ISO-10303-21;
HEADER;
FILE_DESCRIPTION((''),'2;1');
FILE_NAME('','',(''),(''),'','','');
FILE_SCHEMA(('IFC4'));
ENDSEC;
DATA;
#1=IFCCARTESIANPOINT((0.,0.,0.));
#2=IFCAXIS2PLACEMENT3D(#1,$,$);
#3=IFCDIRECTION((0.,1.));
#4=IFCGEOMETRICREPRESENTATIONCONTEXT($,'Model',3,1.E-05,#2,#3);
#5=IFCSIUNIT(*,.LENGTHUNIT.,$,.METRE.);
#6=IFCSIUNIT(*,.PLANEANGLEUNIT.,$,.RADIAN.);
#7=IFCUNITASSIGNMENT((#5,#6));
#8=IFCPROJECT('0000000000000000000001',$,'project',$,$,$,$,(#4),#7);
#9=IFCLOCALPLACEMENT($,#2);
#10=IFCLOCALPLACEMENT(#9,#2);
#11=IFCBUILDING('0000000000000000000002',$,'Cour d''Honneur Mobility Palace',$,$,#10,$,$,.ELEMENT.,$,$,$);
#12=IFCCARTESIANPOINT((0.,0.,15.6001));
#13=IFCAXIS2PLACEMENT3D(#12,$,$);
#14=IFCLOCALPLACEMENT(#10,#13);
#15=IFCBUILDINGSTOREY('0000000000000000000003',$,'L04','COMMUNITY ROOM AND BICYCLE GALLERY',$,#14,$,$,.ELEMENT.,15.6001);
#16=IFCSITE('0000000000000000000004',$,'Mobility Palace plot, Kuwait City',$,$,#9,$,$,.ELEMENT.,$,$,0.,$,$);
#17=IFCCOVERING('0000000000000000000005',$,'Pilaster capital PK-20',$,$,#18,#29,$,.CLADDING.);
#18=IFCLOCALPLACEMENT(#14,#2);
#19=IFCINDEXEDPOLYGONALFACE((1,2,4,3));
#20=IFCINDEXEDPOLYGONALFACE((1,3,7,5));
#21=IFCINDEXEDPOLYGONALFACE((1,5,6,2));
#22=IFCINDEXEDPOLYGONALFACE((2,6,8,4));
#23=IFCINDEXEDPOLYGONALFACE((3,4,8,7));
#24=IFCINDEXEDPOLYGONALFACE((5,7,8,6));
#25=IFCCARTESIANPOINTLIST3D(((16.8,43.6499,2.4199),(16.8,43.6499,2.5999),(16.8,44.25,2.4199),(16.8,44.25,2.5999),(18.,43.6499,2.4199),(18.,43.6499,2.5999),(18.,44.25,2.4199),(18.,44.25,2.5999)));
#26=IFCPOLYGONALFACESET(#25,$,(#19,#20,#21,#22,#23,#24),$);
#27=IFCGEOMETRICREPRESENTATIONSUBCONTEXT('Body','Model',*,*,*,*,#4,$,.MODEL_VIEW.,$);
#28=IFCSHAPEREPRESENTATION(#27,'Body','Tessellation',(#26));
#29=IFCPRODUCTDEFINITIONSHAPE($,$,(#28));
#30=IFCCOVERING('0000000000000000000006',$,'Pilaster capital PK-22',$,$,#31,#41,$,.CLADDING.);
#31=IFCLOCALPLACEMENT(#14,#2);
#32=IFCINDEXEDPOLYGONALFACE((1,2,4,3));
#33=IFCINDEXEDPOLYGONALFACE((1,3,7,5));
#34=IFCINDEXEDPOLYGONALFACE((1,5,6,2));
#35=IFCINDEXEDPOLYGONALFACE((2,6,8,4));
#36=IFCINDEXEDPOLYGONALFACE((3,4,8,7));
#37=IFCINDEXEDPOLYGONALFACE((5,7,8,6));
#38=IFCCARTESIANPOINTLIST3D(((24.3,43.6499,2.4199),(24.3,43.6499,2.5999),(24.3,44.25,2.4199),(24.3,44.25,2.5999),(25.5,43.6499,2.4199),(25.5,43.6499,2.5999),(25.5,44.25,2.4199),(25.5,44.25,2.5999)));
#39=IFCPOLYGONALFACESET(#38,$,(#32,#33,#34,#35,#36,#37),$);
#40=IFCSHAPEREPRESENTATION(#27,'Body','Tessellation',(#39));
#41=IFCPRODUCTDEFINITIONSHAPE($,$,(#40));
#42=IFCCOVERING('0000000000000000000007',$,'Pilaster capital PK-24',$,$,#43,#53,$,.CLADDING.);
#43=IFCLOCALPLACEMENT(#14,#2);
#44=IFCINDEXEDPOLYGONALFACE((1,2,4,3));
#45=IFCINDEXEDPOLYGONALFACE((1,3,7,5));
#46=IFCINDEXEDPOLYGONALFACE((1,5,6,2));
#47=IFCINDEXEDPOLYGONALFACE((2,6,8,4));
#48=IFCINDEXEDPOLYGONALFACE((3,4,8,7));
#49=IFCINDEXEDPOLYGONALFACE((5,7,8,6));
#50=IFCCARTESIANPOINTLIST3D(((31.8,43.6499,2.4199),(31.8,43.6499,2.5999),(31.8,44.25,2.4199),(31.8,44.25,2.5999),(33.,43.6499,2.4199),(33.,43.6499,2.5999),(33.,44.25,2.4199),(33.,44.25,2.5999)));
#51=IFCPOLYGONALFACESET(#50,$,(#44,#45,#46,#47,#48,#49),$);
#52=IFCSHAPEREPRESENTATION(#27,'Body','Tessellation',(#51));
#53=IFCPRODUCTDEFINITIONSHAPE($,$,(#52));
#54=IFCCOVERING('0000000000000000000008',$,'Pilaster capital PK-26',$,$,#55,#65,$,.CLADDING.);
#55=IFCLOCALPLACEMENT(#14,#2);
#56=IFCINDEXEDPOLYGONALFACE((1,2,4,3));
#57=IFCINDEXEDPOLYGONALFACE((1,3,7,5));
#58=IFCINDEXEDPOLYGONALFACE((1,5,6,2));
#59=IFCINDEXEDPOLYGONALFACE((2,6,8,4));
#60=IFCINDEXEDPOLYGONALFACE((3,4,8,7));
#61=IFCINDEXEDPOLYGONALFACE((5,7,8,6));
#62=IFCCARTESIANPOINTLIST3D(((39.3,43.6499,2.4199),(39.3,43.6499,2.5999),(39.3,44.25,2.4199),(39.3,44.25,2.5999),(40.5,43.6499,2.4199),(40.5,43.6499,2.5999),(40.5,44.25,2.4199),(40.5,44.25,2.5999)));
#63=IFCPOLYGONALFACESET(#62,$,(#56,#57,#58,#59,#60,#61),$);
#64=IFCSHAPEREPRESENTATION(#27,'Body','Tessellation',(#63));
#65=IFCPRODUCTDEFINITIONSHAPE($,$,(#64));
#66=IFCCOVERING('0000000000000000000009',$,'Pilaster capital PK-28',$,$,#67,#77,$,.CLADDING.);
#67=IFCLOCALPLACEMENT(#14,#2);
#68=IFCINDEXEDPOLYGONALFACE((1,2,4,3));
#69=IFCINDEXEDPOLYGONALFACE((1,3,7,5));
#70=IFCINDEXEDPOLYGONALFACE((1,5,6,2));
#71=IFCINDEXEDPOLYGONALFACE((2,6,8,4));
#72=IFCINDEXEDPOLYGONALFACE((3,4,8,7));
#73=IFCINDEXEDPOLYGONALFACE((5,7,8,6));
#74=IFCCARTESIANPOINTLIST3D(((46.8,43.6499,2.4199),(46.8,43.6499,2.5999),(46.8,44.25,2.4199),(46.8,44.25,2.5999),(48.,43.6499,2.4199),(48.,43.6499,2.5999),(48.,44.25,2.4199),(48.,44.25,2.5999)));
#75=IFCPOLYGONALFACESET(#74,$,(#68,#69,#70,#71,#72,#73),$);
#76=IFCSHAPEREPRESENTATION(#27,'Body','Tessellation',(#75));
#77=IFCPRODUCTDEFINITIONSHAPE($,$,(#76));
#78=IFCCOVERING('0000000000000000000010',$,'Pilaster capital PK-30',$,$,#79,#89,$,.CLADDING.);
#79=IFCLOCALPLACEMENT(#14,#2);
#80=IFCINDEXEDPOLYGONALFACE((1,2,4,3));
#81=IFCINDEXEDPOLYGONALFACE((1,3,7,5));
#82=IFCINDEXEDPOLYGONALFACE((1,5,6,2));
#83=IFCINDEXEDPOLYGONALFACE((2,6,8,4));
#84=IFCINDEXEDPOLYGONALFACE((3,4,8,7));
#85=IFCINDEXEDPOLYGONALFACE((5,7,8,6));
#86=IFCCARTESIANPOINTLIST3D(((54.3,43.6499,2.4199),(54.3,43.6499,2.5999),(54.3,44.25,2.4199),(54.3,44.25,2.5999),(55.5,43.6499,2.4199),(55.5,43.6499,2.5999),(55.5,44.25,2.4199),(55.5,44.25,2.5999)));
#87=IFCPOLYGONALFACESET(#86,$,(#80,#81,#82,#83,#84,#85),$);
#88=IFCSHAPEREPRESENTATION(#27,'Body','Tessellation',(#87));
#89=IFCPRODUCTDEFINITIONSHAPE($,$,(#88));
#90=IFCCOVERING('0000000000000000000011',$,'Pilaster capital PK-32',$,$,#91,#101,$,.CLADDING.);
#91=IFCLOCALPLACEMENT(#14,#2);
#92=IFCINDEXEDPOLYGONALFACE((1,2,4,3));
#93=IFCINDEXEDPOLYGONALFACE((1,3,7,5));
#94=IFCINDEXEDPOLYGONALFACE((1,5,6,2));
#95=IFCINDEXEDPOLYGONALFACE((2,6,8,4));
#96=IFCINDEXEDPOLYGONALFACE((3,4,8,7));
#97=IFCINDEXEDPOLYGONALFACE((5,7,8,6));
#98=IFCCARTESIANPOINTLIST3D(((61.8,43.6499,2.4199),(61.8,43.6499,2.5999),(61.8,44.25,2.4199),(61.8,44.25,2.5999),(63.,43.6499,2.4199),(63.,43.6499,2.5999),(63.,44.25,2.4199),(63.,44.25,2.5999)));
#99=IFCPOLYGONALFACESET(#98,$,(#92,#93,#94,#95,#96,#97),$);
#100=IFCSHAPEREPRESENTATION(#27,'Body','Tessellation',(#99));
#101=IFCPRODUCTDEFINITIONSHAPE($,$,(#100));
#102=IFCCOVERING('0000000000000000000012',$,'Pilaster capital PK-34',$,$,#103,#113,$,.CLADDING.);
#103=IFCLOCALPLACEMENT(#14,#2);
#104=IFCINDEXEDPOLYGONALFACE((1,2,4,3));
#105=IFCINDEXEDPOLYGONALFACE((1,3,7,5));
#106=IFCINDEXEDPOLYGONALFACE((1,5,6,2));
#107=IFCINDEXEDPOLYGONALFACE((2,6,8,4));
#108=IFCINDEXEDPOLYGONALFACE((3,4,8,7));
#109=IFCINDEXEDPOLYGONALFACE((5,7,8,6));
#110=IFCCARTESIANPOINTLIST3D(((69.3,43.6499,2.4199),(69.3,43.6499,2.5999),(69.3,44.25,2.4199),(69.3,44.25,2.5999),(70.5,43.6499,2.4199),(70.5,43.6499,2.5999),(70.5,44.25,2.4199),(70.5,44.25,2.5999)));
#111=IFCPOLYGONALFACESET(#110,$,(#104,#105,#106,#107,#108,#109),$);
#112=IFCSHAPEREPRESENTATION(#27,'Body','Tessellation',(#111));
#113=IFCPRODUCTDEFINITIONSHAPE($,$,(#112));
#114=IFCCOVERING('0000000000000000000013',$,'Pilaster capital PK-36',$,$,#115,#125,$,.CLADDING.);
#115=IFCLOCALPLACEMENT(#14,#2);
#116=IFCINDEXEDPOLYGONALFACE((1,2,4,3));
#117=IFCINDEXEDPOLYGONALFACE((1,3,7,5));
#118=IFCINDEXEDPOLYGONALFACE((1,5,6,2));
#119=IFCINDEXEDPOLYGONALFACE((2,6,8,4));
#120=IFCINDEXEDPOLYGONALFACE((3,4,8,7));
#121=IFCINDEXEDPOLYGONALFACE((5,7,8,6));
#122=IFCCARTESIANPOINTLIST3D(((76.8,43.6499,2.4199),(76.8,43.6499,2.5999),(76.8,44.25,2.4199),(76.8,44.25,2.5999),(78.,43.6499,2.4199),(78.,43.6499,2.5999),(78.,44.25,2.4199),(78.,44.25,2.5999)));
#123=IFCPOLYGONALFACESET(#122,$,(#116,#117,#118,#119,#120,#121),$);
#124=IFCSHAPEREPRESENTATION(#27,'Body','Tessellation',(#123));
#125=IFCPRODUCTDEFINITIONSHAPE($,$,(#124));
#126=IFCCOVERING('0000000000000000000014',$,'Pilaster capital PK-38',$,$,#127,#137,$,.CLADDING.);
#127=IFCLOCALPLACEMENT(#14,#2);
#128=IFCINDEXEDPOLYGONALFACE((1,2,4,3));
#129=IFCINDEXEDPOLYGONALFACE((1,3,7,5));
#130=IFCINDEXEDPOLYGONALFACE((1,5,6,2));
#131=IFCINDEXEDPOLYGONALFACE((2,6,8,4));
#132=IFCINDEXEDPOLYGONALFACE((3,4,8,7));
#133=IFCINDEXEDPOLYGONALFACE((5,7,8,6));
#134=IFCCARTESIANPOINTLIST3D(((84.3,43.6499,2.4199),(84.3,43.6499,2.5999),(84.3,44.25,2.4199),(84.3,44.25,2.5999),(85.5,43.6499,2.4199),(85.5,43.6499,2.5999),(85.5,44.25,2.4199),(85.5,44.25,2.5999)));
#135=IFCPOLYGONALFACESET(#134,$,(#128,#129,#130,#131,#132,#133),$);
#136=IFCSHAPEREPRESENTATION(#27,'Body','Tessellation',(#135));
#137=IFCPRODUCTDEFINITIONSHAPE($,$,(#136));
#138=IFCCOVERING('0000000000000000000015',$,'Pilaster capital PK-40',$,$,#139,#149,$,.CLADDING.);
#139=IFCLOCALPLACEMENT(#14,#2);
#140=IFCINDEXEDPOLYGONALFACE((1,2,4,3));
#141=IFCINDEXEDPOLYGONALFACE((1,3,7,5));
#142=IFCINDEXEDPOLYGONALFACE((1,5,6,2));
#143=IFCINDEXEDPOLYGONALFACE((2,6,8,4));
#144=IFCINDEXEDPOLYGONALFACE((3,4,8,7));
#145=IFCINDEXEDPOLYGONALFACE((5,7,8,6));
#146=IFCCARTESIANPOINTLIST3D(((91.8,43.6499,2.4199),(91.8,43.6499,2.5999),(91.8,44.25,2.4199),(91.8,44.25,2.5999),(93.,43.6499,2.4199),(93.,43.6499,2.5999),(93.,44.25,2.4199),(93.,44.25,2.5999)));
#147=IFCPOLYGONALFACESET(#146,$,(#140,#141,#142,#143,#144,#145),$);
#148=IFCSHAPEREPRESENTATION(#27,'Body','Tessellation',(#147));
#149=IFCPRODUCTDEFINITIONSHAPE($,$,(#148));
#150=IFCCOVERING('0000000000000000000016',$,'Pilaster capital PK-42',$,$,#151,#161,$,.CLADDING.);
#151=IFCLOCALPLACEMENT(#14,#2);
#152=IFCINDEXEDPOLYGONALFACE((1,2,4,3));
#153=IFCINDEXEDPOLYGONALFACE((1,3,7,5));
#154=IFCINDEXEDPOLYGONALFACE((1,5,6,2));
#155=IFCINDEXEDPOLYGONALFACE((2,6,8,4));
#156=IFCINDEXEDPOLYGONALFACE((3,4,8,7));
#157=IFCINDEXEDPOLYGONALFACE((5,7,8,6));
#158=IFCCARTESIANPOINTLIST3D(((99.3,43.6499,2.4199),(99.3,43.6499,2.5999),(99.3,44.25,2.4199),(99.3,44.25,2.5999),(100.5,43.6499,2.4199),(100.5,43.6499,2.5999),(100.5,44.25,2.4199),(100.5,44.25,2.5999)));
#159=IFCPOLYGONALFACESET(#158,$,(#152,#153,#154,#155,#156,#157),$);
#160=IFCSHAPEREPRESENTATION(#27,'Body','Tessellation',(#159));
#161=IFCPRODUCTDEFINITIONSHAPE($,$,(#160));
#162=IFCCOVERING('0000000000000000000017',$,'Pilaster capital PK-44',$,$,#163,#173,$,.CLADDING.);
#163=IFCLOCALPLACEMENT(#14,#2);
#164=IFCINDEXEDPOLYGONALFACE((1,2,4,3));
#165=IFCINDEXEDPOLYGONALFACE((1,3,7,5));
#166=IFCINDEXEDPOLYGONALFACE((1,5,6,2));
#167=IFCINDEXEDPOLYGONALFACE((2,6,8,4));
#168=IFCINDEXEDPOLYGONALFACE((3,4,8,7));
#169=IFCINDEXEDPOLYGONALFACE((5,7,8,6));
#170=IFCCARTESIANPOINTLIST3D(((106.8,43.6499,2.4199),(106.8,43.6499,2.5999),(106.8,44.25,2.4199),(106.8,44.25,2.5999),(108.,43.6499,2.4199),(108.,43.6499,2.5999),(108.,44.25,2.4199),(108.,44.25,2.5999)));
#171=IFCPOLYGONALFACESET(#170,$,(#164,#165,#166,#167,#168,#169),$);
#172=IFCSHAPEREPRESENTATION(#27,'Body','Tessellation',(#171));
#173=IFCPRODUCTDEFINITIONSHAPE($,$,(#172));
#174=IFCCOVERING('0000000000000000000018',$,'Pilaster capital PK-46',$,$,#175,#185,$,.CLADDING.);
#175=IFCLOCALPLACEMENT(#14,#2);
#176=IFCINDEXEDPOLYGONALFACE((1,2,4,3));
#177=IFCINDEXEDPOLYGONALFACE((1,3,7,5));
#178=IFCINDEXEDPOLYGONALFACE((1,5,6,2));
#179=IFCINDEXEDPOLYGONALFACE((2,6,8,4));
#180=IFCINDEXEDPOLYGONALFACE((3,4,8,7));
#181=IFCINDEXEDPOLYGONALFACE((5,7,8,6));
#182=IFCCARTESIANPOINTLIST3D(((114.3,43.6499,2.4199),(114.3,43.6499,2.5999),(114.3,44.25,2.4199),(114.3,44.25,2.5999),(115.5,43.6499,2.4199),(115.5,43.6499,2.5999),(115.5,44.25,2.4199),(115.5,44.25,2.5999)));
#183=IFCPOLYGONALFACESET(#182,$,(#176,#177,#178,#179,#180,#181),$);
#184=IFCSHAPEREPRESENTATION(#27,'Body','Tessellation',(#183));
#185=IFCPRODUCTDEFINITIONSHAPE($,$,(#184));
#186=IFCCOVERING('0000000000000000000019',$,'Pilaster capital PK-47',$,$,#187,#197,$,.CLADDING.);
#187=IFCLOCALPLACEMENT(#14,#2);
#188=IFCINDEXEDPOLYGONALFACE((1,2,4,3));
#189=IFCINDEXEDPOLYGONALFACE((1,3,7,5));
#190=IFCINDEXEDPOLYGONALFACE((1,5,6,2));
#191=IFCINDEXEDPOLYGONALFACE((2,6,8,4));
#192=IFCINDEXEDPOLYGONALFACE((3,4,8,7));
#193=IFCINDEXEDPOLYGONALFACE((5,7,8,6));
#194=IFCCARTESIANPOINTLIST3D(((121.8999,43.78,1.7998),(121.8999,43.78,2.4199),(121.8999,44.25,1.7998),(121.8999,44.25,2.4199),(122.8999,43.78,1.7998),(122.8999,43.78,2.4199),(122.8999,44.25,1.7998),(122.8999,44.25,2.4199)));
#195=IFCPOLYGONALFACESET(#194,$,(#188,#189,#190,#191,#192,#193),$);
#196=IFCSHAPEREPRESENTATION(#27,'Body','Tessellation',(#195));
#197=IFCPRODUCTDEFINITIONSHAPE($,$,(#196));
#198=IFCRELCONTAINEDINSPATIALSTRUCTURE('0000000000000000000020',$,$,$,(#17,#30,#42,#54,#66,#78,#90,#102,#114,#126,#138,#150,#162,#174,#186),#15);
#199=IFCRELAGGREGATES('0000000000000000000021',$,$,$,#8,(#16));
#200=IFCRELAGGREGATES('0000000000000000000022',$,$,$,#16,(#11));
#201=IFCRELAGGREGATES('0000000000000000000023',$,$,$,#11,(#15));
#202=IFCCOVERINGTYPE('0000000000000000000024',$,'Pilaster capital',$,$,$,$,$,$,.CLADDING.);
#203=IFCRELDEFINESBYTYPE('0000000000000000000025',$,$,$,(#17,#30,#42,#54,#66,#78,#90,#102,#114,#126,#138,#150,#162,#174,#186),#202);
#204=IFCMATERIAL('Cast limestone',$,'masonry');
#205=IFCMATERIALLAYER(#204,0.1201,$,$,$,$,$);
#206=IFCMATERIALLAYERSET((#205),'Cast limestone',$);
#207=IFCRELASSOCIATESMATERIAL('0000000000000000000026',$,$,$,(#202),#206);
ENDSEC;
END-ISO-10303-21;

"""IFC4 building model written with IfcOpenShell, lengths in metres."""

from ifc_helpers import new_model, si_unit, direction, frame, origin, place, context, subcontext, project, spatial, polyline, outline, extrude, material, layer, layer_set, type_object, element, save


model = new_model("IFC4")

# Units and contexts
model_context = context("Model", 3, precision=1e-05, world=origin(), true_north=direction((0.0, 1.0)))
body_context = subcontext(model_context, "Body", "Model", "MODEL_VIEW")
ifc_project = project(units=[si_unit("LENGTHUNIT", "METRE"), si_unit("PLANEANGLEUNIT", "RADIAN")], contexts=[model_context])

# Site, building, storey
site_placement = place(None, origin())
site = spatial("IfcSite", under=ifc_project, at=site_placement, Name="Mobility Palace plot, Kuwait City", CompositionType="ELEMENT", RefElevation=0.0)
building_placement = place(site_placement, origin())
building = spatial("IfcBuilding", under=site, at=building_placement, Name="Cour d'Honneur Mobility Palace", CompositionType="ELEMENT")
storey_placement = place(building_placement, frame((0.0, 0.0, 15.6001)))
storey = spatial("IfcBuildingStorey", under=building, at=storey_placement, Name="L04", Description="COMMUNITY ROOM AND BICYCLE GALLERY", CompositionType="ELEMENT", Elevation=15.6001)

# Coverings
ifc_material = material(Name="Cast limestone", Category="masonry")
ifc_layer = layer(ifc_material, 0.1201)
ifc_layer_set = layer_set([ifc_layer], Name="Cast limestone")
covering_type = type_object("IfcCoveringType", Name="Pilaster capital", PredefinedType="CLADDING", material=ifc_layer_set)
covering_1_placement = place(storey_placement, frame((0.0, 0.0, 2.4199)))
element("IfcCovering", 1, at=covering_1_placement, inside=storey, type_object=covering_type, Name="Pilaster capital PK-20", PredefinedType="CLADDING", context=body_context, shape_type="SweptSolid", body=[
    extrude(outline(polyline([(16.8, 44.25), (18.0, 44.25), (18.0, 43.6499), (16.8, 43.6499), (16.8, 44.25)])), origin(), (0.0, 0.0, 1.0), 0.1799),
])
covering_2_placement = place(storey_placement, frame((0.0, 0.0, 2.4199)))
element("IfcCovering", 2, at=covering_2_placement, inside=storey, type_object=covering_type, Name="Pilaster capital PK-22", PredefinedType="CLADDING", context=body_context, shape_type="SweptSolid", body=[
    extrude(outline(polyline([(24.3, 44.25), (25.5, 44.25), (25.5, 43.6499), (24.3, 43.6499), (24.3, 44.25)])), origin(), (0.0, 0.0, 1.0), 0.1799),
])
covering_3_placement = place(storey_placement, frame((0.0, 0.0, 2.4199)))
element("IfcCovering", 3, at=covering_3_placement, inside=storey, type_object=covering_type, Name="Pilaster capital PK-24", PredefinedType="CLADDING", context=body_context, shape_type="SweptSolid", body=[
    extrude(outline(polyline([(31.8, 44.25), (33.0, 44.25), (33.0, 43.6499), (31.8, 43.6499), (31.8, 44.25)])), origin(), (0.0, 0.0, 1.0), 0.1799),
])
covering_4_placement = place(storey_placement, frame((0.0, 0.0, 2.4199)))
element("IfcCovering", 4, at=covering_4_placement, inside=storey, type_object=covering_type, Name="Pilaster capital PK-26", PredefinedType="CLADDING", context=body_context, shape_type="SweptSolid", body=[
    extrude(outline(polyline([(39.3, 44.25), (40.5, 44.25), (40.5, 43.6499), (39.3, 43.6499), (39.3, 44.25)])), origin(), (0.0, 0.0, 1.0), 0.1799),
])
covering_5_placement = place(storey_placement, frame((0.0, 0.0, 2.4199)))
element("IfcCovering", 5, at=covering_5_placement, inside=storey, type_object=covering_type, Name="Pilaster capital PK-28", PredefinedType="CLADDING", context=body_context, shape_type="SweptSolid", body=[
    extrude(outline(polyline([(46.8, 44.25), (48.0, 44.25), (48.0, 43.6499), (46.8, 43.6499), (46.8, 44.25)])), origin(), (0.0, 0.0, 1.0), 0.1799),
])
covering_6_placement = place(storey_placement, frame((0.0, 0.0, 2.4199)))
element("IfcCovering", 6, at=covering_6_placement, inside=storey, type_object=covering_type, Name="Pilaster capital PK-30", PredefinedType="CLADDING", context=body_context, shape_type="SweptSolid", body=[
    extrude(outline(polyline([(54.3, 44.25), (55.5, 44.25), (55.5, 43.6499), (54.3, 43.6499), (54.3, 44.25)])), origin(), (0.0, 0.0, 1.0), 0.1799),
])
covering_7_placement = place(storey_placement, frame((0.0, 0.0, 2.4199)))
element("IfcCovering", 7, at=covering_7_placement, inside=storey, type_object=covering_type, Name="Pilaster capital PK-32", PredefinedType="CLADDING", context=body_context, shape_type="SweptSolid", body=[
    extrude(outline(polyline([(61.8, 44.25), (63.0, 44.25), (63.0, 43.6499), (61.8, 43.6499), (61.8, 44.25)])), origin(), (0.0, 0.0, 1.0), 0.1799),
])
covering_8_placement = place(storey_placement, frame((0.0, 0.0, 2.4199)))
element("IfcCovering", 8, at=covering_8_placement, inside=storey, type_object=covering_type, Name="Pilaster capital PK-34", PredefinedType="CLADDING", context=body_context, shape_type="SweptSolid", body=[
    extrude(outline(polyline([(69.3, 44.25), (70.5, 44.25), (70.5, 43.6499), (69.3, 43.6499), (69.3, 44.25)])), origin(), (0.0, 0.0, 1.0), 0.1799),
])
covering_9_placement = place(storey_placement, frame((0.0, 0.0, 2.4199)))
element("IfcCovering", 9, at=covering_9_placement, inside=storey, type_object=covering_type, Name="Pilaster capital PK-36", PredefinedType="CLADDING", context=body_context, shape_type="SweptSolid", body=[
    extrude(outline(polyline([(76.8, 44.25), (78.0, 44.25), (78.0, 43.6499), (76.8, 43.6499), (76.8, 44.25)])), origin(), (0.0, 0.0, 1.0), 0.1799),
])
covering_10_placement = place(storey_placement, frame((0.0, 0.0, 2.4199)))
element("IfcCovering", 10, at=covering_10_placement, inside=storey, type_object=covering_type, Name="Pilaster capital PK-38", PredefinedType="CLADDING", context=body_context, shape_type="SweptSolid", body=[
    extrude(outline(polyline([(84.3, 44.25), (85.5, 44.25), (85.5, 43.6499), (84.3, 43.6499), (84.3, 44.25)])), origin(), (0.0, 0.0, 1.0), 0.1799),
])
covering_11_placement = place(storey_placement, frame((0.0, 0.0, 2.4199)))
element("IfcCovering", 11, at=covering_11_placement, inside=storey, type_object=covering_type, Name="Pilaster capital PK-40", PredefinedType="CLADDING", context=body_context, shape_type="SweptSolid", body=[
    extrude(outline(polyline([(91.8, 44.25), (93.0, 44.25), (93.0, 43.6499), (91.8, 43.6499), (91.8, 44.25)])), origin(), (0.0, 0.0, 1.0), 0.1799),
])
covering_12_placement = place(storey_placement, frame((0.0, 0.0, 2.4199)))
element("IfcCovering", 12, at=covering_12_placement, inside=storey, type_object=covering_type, Name="Pilaster capital PK-42", PredefinedType="CLADDING", context=body_context, shape_type="SweptSolid", body=[
    extrude(outline(polyline([(99.3, 44.25), (100.5, 44.25), (100.5, 43.6499), (99.3, 43.6499), (99.3, 44.25)])), origin(), (0.0, 0.0, 1.0), 0.1799),
])
covering_13_placement = place(storey_placement, frame((0.0, 0.0, 2.4199)))
element("IfcCovering", 13, at=covering_13_placement, inside=storey, type_object=covering_type, Name="Pilaster capital PK-44", PredefinedType="CLADDING", context=body_context, shape_type="SweptSolid", body=[
    extrude(outline(polyline([(106.8, 44.25), (108.0, 44.25), (108.0, 43.6499), (106.8, 43.6499), (106.8, 44.25)])), origin(), (0.0, 0.0, 1.0), 0.1799),
])
covering_14_placement = place(storey_placement, frame((0.0, 0.0, 2.4199)))
element("IfcCovering", 14, at=covering_14_placement, inside=storey, type_object=covering_type, Name="Pilaster capital PK-46", PredefinedType="CLADDING", context=body_context, shape_type="SweptSolid", body=[
    extrude(outline(polyline([(114.3, 44.25), (115.5, 44.25), (115.5, 43.6499), (114.3, 43.6499), (114.3, 44.25)])), origin(), (0.0, 0.0, 1.0), 0.1799),
])
covering_15_placement = place(storey_placement, frame((0.0, 0.0, 1.7998)))
element("IfcCovering", 15, at=covering_15_placement, inside=storey, type_object=covering_type, Name="Pilaster capital PK-47", PredefinedType="CLADDING", context=body_context, shape_type="SweptSolid", body=[
    extrude(outline(polyline([(121.8999, 44.25), (122.8999, 44.25), (122.8999, 43.78), (121.8999, 43.78), (121.8999, 44.25)])), origin(), (0.0, 0.0, 1.0), 0.6201),
])

save(model, "model.ifc")
